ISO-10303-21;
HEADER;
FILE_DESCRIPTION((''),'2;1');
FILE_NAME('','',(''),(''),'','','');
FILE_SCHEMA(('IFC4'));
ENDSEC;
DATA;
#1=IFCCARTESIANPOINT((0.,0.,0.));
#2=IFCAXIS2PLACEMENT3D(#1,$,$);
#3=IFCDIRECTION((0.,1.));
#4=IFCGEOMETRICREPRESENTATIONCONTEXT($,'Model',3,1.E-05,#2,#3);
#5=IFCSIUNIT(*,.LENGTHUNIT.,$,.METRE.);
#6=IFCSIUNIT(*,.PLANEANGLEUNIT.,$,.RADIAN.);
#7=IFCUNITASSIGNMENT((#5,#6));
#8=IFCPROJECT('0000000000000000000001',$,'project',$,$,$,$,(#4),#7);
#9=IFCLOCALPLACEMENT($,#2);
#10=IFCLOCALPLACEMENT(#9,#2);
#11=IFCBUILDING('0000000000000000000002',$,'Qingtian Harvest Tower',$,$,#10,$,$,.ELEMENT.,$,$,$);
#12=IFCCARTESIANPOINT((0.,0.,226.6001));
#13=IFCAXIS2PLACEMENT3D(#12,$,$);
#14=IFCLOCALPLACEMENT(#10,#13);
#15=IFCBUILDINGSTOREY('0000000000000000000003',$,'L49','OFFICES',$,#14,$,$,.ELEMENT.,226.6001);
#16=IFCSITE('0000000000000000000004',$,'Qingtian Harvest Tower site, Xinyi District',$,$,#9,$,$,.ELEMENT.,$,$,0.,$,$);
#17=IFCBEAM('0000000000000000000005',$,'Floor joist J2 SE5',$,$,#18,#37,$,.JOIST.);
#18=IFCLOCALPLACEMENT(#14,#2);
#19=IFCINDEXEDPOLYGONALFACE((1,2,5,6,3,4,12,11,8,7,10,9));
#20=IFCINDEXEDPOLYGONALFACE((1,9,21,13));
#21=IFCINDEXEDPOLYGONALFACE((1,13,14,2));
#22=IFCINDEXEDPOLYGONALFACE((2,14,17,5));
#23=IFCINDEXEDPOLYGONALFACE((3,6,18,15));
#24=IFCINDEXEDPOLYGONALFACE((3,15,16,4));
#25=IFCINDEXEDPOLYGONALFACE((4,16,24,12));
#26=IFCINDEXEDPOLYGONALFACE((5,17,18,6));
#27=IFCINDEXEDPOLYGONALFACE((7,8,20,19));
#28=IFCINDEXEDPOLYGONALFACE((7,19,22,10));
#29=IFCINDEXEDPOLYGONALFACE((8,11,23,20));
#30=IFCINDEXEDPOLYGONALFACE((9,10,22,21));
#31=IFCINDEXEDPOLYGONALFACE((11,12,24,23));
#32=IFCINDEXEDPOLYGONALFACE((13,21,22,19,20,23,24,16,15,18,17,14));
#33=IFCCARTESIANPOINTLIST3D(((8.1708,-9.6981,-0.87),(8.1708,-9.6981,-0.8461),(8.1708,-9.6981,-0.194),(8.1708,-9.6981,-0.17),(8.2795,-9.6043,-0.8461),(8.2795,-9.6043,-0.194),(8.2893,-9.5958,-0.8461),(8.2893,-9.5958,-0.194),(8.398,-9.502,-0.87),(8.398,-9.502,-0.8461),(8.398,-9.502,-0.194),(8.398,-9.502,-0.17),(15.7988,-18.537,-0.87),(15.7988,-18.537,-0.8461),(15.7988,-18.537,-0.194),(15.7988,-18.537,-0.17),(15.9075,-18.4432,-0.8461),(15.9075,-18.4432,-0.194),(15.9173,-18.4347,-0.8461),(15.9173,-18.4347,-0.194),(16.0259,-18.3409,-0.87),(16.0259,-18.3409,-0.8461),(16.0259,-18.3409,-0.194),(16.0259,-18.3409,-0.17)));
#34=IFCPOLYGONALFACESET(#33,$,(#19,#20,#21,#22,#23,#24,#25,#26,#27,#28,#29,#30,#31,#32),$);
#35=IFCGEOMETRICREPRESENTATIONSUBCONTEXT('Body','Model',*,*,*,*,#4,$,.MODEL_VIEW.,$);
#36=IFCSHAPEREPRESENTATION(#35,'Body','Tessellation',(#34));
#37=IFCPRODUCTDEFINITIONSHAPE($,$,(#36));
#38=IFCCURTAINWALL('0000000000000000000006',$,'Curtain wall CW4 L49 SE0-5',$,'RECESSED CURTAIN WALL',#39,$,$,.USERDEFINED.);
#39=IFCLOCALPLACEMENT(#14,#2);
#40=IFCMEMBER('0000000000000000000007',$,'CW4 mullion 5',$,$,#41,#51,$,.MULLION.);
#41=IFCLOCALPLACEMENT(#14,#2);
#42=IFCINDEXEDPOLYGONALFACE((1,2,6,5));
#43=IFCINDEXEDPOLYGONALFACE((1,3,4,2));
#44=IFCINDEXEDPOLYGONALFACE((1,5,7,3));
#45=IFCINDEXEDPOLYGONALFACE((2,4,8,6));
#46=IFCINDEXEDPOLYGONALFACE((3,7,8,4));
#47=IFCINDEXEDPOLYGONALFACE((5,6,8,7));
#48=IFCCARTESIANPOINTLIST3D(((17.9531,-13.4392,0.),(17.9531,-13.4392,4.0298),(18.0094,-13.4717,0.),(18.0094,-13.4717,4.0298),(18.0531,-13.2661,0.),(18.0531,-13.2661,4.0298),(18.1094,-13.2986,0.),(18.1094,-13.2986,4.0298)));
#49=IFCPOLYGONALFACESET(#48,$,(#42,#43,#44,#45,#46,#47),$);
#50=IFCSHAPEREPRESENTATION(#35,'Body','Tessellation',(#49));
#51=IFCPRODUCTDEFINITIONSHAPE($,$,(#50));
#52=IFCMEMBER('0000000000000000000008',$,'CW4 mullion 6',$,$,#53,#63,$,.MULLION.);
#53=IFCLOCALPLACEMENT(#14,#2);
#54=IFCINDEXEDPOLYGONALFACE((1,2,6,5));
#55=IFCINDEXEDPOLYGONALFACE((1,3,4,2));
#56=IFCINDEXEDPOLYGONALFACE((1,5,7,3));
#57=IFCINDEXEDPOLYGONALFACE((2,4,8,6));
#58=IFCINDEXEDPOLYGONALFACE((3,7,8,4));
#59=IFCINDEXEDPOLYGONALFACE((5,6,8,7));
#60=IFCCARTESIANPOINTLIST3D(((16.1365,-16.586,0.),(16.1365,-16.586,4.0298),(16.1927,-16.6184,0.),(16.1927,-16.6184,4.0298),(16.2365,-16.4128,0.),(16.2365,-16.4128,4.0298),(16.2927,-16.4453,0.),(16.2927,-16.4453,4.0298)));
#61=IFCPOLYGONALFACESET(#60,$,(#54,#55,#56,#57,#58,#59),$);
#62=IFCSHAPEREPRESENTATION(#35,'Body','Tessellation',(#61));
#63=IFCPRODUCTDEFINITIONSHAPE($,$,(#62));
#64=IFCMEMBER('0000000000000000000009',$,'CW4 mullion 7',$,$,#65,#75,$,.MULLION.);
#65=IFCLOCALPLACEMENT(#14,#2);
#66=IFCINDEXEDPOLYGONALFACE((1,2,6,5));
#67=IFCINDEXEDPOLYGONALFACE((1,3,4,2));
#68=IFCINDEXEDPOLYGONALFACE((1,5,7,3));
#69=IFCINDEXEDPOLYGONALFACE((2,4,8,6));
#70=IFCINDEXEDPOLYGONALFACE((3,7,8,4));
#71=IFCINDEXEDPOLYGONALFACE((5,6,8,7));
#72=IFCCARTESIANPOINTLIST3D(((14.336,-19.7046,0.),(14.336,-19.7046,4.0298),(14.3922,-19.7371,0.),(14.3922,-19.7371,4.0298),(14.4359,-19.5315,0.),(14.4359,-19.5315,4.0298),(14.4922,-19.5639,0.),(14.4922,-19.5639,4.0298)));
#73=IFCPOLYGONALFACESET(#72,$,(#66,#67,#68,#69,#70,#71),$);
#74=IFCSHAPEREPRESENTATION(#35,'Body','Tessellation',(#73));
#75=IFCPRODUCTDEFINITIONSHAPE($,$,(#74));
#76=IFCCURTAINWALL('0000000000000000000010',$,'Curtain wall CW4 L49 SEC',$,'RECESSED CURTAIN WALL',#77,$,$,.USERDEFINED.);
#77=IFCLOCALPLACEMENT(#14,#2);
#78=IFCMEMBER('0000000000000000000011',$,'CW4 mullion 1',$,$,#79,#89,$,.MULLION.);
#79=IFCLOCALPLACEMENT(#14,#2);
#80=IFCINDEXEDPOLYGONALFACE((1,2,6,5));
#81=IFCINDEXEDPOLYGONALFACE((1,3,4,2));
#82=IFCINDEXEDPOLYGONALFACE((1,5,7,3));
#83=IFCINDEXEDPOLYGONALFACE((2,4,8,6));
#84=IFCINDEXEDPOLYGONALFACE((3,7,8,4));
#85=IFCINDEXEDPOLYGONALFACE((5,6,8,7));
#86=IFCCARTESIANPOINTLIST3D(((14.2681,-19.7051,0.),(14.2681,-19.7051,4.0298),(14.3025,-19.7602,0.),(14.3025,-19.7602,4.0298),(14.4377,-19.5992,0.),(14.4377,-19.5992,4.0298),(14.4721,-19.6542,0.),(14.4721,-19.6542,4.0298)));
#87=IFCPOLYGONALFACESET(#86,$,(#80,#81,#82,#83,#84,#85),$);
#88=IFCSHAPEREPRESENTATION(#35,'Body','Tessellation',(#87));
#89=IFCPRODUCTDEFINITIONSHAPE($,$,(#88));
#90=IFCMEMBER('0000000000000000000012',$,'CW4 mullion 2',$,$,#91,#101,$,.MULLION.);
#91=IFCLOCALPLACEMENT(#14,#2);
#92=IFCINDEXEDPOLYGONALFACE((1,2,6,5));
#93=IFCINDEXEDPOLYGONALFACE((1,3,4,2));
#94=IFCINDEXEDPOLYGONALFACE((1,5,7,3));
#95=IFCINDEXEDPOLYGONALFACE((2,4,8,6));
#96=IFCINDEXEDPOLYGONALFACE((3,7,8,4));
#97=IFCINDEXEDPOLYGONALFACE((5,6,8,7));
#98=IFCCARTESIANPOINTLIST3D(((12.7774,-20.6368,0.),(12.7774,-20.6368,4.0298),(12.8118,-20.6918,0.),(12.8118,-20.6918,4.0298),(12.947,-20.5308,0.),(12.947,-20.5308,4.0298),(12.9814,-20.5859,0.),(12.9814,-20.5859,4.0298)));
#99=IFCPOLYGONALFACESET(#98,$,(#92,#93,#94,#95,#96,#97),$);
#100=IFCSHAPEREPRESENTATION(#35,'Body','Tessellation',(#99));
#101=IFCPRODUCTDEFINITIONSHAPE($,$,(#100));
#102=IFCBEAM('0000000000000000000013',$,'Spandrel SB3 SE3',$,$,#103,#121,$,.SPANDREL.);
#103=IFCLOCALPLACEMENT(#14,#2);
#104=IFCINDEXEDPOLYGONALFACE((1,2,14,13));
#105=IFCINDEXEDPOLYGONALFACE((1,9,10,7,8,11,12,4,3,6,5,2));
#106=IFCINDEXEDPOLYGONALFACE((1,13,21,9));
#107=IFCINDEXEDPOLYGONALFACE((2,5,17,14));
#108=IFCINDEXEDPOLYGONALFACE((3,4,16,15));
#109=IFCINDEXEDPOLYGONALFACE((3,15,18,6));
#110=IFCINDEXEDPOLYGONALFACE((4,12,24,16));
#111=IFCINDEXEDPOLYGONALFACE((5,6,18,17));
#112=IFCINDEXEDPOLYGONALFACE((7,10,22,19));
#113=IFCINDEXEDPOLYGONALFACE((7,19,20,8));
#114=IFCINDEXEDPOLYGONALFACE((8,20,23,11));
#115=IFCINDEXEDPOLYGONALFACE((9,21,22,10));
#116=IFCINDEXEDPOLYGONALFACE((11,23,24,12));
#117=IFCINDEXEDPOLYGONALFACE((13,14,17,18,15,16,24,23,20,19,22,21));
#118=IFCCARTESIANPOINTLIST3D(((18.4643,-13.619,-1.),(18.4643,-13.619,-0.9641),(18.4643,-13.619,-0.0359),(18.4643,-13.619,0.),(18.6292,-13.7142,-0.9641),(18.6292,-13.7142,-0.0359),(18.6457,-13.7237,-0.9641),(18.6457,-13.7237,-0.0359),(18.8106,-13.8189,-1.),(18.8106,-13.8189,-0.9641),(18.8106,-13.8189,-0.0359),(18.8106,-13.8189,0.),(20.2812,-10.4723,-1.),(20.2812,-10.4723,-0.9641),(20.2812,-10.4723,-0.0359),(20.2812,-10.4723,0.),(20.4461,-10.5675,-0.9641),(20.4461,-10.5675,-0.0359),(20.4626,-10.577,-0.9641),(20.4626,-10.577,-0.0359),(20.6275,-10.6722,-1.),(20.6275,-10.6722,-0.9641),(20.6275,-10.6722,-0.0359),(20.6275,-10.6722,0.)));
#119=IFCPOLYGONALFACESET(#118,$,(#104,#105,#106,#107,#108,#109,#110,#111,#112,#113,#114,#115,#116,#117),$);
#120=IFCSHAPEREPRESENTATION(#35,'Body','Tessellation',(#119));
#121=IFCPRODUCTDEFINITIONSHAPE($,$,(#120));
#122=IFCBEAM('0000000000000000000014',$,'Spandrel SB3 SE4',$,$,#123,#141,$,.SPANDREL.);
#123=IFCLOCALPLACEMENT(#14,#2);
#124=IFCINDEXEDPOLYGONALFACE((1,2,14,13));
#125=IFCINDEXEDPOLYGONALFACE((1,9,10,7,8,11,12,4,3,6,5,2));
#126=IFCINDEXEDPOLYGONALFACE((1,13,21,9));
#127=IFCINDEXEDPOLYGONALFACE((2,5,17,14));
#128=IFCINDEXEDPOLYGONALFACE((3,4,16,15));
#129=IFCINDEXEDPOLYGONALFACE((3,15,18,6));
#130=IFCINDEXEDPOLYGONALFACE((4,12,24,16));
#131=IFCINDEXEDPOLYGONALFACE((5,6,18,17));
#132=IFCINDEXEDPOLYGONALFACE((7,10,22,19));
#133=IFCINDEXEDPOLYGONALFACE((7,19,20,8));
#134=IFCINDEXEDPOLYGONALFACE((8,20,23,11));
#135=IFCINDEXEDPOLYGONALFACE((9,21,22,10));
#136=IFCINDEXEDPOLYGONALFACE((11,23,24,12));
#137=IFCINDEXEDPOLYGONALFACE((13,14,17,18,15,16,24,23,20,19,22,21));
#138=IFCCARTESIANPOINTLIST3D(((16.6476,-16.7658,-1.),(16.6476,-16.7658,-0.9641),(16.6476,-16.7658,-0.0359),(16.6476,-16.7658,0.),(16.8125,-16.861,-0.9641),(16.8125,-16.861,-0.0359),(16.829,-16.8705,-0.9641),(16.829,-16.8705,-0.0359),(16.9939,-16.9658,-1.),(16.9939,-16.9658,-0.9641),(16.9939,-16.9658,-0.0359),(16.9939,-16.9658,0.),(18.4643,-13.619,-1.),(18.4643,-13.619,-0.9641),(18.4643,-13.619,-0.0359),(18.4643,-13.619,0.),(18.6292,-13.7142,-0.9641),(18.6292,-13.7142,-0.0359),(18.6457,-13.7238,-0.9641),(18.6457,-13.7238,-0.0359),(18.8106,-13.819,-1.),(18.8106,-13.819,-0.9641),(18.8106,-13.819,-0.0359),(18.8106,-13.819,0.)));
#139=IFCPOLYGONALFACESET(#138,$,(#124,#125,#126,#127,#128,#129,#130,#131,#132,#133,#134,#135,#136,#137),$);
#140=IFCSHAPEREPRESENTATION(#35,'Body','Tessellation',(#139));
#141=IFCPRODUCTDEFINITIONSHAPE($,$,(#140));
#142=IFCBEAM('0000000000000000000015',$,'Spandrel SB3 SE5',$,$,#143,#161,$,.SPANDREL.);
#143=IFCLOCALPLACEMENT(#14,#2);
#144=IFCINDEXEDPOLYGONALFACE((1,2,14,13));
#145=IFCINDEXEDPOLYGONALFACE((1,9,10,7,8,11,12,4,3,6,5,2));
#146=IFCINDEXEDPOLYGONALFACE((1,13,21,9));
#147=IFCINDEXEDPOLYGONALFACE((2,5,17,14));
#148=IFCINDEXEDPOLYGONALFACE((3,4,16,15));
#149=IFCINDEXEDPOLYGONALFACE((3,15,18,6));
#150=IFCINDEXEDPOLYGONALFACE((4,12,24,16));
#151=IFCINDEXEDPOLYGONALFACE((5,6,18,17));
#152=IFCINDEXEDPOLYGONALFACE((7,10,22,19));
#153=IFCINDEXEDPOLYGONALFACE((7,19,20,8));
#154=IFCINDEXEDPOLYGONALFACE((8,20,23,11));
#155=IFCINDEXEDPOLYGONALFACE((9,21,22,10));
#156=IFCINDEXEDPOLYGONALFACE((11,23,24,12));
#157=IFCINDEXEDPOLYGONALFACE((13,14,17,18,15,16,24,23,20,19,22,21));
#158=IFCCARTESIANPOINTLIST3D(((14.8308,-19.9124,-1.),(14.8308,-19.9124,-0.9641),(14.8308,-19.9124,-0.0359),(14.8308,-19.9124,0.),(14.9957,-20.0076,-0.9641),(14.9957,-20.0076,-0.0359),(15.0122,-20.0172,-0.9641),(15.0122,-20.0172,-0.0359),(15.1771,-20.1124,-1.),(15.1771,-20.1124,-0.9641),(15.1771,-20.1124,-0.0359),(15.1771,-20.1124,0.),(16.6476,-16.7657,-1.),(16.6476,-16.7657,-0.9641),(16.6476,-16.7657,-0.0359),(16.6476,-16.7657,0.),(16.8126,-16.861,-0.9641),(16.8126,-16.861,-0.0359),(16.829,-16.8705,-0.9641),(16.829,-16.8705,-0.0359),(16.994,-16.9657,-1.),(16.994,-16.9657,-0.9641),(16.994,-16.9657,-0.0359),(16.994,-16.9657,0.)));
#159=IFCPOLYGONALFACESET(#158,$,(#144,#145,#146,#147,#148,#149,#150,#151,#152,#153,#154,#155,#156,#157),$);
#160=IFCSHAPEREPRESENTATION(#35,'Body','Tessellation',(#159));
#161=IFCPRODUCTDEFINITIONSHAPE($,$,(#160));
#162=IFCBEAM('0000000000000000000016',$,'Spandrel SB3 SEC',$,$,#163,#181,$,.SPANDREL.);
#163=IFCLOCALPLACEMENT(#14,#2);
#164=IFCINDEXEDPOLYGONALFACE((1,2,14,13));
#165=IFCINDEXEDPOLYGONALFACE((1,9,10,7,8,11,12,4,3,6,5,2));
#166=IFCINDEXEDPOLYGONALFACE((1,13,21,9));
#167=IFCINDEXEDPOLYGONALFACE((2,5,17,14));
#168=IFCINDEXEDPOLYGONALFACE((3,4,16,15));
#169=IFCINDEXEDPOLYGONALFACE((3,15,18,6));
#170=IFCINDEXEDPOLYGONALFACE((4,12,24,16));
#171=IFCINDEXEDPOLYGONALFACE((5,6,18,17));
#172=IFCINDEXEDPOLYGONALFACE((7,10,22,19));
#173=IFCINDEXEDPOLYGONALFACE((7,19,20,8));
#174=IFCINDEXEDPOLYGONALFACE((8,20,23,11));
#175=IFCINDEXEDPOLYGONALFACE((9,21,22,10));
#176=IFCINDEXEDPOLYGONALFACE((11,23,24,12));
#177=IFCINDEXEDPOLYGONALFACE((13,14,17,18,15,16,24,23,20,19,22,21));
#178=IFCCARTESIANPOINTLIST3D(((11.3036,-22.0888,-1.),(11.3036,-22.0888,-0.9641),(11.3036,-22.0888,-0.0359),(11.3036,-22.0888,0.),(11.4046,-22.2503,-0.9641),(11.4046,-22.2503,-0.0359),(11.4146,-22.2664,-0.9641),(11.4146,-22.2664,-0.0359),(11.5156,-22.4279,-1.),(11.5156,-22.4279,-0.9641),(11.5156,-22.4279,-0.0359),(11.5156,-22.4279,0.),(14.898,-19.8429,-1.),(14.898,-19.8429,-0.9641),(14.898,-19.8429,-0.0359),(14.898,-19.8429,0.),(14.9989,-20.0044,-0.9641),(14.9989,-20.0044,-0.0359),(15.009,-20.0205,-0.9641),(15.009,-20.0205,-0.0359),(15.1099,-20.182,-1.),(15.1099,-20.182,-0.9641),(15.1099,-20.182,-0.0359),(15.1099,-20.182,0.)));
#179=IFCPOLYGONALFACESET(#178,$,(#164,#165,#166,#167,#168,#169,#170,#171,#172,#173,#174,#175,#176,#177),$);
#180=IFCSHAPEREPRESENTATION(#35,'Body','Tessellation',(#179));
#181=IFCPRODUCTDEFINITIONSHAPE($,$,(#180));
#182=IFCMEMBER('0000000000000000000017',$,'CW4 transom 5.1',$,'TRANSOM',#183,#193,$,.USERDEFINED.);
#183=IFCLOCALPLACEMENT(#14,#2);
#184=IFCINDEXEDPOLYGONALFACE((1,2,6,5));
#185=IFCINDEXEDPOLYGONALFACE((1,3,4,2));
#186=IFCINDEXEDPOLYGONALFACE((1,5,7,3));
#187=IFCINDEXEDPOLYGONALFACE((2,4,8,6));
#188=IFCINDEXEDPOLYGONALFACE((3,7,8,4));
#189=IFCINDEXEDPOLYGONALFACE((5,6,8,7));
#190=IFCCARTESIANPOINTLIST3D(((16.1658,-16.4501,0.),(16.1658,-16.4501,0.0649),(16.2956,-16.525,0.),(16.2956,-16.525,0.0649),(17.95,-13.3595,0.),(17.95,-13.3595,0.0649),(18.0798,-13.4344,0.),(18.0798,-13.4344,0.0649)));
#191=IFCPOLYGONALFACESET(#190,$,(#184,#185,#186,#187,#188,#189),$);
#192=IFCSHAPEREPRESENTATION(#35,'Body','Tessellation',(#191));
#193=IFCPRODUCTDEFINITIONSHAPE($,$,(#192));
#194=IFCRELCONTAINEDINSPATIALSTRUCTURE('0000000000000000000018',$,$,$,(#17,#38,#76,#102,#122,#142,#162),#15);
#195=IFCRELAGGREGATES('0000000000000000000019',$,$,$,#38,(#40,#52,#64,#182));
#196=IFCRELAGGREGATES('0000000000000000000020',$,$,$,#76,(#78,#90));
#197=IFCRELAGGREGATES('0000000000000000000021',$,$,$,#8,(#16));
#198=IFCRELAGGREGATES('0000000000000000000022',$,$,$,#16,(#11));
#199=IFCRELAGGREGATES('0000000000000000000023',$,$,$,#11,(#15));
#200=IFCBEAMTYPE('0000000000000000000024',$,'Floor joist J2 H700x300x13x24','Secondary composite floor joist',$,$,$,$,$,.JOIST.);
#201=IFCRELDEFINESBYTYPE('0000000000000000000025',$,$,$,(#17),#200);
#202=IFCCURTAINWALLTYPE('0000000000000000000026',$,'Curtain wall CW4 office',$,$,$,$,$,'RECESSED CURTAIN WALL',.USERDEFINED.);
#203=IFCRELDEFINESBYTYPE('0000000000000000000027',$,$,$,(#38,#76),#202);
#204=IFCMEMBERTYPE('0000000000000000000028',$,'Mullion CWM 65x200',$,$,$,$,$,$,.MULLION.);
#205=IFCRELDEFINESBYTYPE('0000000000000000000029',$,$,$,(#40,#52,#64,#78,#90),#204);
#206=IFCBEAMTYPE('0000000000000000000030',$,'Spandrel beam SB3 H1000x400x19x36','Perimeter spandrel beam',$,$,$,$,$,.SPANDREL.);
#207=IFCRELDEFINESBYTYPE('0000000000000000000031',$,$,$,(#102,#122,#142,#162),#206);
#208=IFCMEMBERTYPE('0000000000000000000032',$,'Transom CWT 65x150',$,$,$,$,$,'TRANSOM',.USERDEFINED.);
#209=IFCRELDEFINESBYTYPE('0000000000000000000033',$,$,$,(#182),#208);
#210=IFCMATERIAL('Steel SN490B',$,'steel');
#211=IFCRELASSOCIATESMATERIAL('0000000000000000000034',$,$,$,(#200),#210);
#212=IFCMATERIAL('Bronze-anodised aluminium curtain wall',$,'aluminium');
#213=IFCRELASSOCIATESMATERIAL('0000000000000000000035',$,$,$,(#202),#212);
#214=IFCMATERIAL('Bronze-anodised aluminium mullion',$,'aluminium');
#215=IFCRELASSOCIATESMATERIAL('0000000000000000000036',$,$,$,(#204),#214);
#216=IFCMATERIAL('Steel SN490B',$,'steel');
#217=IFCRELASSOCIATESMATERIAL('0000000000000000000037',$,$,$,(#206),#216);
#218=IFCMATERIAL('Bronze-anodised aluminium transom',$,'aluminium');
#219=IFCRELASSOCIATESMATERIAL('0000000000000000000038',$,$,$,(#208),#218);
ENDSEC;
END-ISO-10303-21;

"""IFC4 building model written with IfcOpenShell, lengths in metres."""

from ifc_helpers import new_model, si_unit, direction, frame, origin, origin_2d, place, context, subcontext, project, spatial, rectangle, i_section, extrude, material, material_profile, profile_set, type_object, element, aggregate, save


model = new_model("IFC4")

# Units and contexts
model_context = context("Model", 3, precision=1e-05, world=origin(), true_north=direction((0.0, 1.0)))
body_context = subcontext(model_context, "Body", "Model", "MODEL_VIEW")
ifc_project = project(units=[si_unit("LENGTHUNIT", "METRE"), si_unit("PLANEANGLEUNIT", "RADIAN")], contexts=[model_context])

# Site, building, storey
site_placement = place(None, origin())
site = spatial("IfcSite", under=ifc_project, at=site_placement, Name="Qingtian Harvest Tower site, Xinyi District", CompositionType="ELEMENT", RefElevation=0.0)
building_placement = place(site_placement, origin())
building = spatial("IfcBuilding", under=site, at=building_placement, Name="Qingtian Harvest Tower", CompositionType="ELEMENT")
storey_placement = place(building_placement, frame((0.0, 0.0, 226.6001)))
storey = spatial("IfcBuildingStorey", under=building, at=storey_placement, Name="L49", Description="OFFICES", CompositionType="ELEMENT", Elevation=226.6001)

# Beam
ifc_material_1 = material(Name="Steel SN490B", Category="steel")
ifc_material_profile_1 = material_profile(ifc_material_1, i_section(OverallWidth=0.3, OverallDepth=0.7, WebThickness=0.0129, FlangeThickness=0.0239, at=origin_2d()), Name="H700x300x13x24")
ifc_profile_set_1 = profile_set([ifc_material_profile_1], Name="Steel SN490B")
beam_type_1 = type_object("IfcBeamType", Name="Floor joist J2 H700x300x13x24", Description="Secondary composite floor joist", PredefinedType="JOIST", material=ifc_profile_set_1)
beam_1_placement = place(storey_placement, frame((15.9124, -18.439, -0.52), z_axis=(-0.653343, 0.757062, 0.0), x_axis=(-0.757062, -0.653343, 0.0)))
element("IfcBeam", 1, at=beam_1_placement, inside=storey, type_object=beam_type_1, Name="Floor joist J2 SE5", PredefinedType="JOIST", context=body_context, shape_type="SweptSolid", body=[
    extrude(i_section(OverallWidth=0.3, OverallDepth=0.7, WebThickness=0.0129, FlangeThickness=0.0239, at=origin_2d()), origin(), (0.0, 0.0, 1.0), 11.6753),
])

# Curtain walls, members
ifc_material_2 = material(Name="Bronze-anodised aluminium curtain wall", Category="aluminium")
curtain_wall_type = type_object("IfcCurtainWallType", Name="Curtain wall CW4 office", ElementType="RECESSED CURTAIN WALL", PredefinedType="USERDEFINED", material=ifc_material_2)
curtain_wall_1_placement = place(storey_placement, origin())
curtain_wall_1 = element("IfcCurtainWall", 2, at=curtain_wall_1_placement, inside=storey, type_object=curtain_wall_type, Name="Curtain wall CW4 L49 SE0-5", ObjectType="RECESSED CURTAIN WALL", PredefinedType="USERDEFINED")
ifc_material_3 = material(Name="Bronze-anodised aluminium mullion", Category="aluminium")
ifc_material_profile_2 = material_profile(ifc_material_3, rectangle(XDim=0.0649, YDim=0.2, at=origin_2d()), Name="AL 65x200")
ifc_profile_set_2 = profile_set([ifc_material_profile_2], Name="Bronze-anodised aluminium mullion")
member_type_1 = type_object("IfcMemberType", Name="Mullion CWM 65x200", PredefinedType="MULLION", material=ifc_profile_set_2)
member_1_placement = place(storey_placement, frame((18.0312, -13.3689, 0.0), z_axis=(0.0, 0.0, 1.0), x_axis=(0.866025, -0.5, 0.0)))
member_1 = element("IfcMember", 3, at=member_1_placement, type_object=member_type_1, Name="CW4 mullion 5", PredefinedType="MULLION", context=body_context, shape_type="SweptSolid", body=[
    extrude(rectangle(XDim=0.0649, YDim=0.2, at=origin_2d()), origin(), (0.0, 0.0, 1.0), 4.0298),
])
member_2_placement = place(storey_placement, frame((16.2146, -16.5156, 0.0), z_axis=(0.0, 0.0, 1.0), x_axis=(0.866025, -0.5, 0.0)))
member_2 = element("IfcMember", 4, at=member_2_placement, type_object=member_type_1, Name="CW4 mullion 6", PredefinedType="MULLION", context=body_context, shape_type="SweptSolid", body=[
    extrude(rectangle(XDim=0.0649, YDim=0.2, at=origin_2d()), origin(), (0.0, 0.0, 1.0), 4.0298),
])
member_3_placement = place(storey_placement, frame((14.4141, -19.6343, 0.0), z_axis=(0.0, 0.0, 1.0), x_axis=(0.866025, -0.5, 0.0)))
member_3 = element("IfcMember", 5, at=member_3_placement, type_object=member_type_1, Name="CW4 mullion 7", PredefinedType="MULLION", context=body_context, shape_type="SweptSolid", body=[
    extrude(rectangle(XDim=0.0649, YDim=0.2, at=origin_2d()), origin(), (0.0, 0.0, 1.0), 4.0298),
])
curtain_wall_2_placement = place(storey_placement, origin())
curtain_wall_2 = element("IfcCurtainWall", 6, at=curtain_wall_2_placement, inside=storey, type_object=curtain_wall_type, Name="Curtain wall CW4 L49 SEC", ObjectType="RECESSED CURTAIN WALL", PredefinedType="USERDEFINED")
member_4_placement = place(storey_placement, frame((14.3701, -19.6797, 0.0), z_axis=(0.0, 0.0, 1.0), x_axis=(0.529919, -0.848048, 0.0)))
member_4 = element("IfcMember", 7, at=member_4_placement, type_object=member_type_1, Name="CW4 mullion 1", PredefinedType="MULLION", context=body_context, shape_type="SweptSolid", body=[
    extrude(rectangle(XDim=0.0649, YDim=0.2, at=origin_2d()), origin(), (0.0, 0.0, 1.0), 4.0298),
])
member_5_placement = place(storey_placement, frame((12.8794, -20.6113, 0.0), z_axis=(0.0, 0.0, 1.0), x_axis=(0.529919, -0.848048, 0.0)))
member_5 = element("IfcMember", 8, at=member_5_placement, type_object=member_type_1, Name="CW4 mullion 2", PredefinedType="MULLION", context=body_context, shape_type="SweptSolid", body=[
    extrude(rectangle(XDim=0.0649, YDim=0.2, at=origin_2d()), origin(), (0.0, 0.0, 1.0), 4.0298),
])

# Beams
ifc_material_4 = material(Name="Steel SN490B", Category="steel")
ifc_material_profile_3 = material_profile(ifc_material_4, i_section(OverallWidth=0.3999, OverallDepth=1.0, WebThickness=0.019, FlangeThickness=0.0359, at=origin_2d()), Name="H1000x400x19x36")
ifc_profile_set_3 = profile_set([ifc_material_profile_3], Name="Steel SN490B")
beam_type_2 = type_object("IfcBeamType", Name="Spandrel beam SB3 H1000x400x19x36", Description="Perimeter spandrel beam", PredefinedType="SPANDREL", material=ifc_profile_set_3)
for number, where, z_axis, x_axis, name in (
    (9, (20.4543, -10.5723, -0.5), (-0.500027, -0.86601, 0.0), (0.86601, -0.500027, 0.0), "Spandrel SB3 SE3"),
    (10, (18.6375, -13.719, -0.5), (-0.499976, -0.866039, 0.0), (0.866039, -0.499976, 0.0), "Spandrel SB3 SE4"),
    (11, (16.8208, -16.8657, -0.5), (-0.500027, -0.86601, 0.0), (0.86601, -0.500027, 0.0), "Spandrel SB3 SE5"),
):
    element("IfcBeam", number, at=place(storey_placement, frame(where, z_axis=z_axis, x_axis=x_axis)), inside=storey, type_object=beam_type_2, Name=name, PredefinedType="SPANDREL", context=body_context, shape_type="SweptSolid", body=[
        extrude(i_section(OverallWidth=0.3999, OverallDepth=1.0, WebThickness=0.019, FlangeThickness=0.0359, at=origin_2d()), origin(), (0.0, 0.0, 1.0), 3.6335),
    ])
beam_2_placement = place(storey_placement, frame((15.0039, -20.0125, -0.5), z_axis=(-0.848057, -0.529906, 0.0), x_axis=(0.529906, -0.848057, 0.0)))
element("IfcBeam", 12, at=beam_2_placement, inside=storey, type_object=beam_type_2, Name="Spandrel SB3 SEC", PredefinedType="SPANDREL", context=body_context, shape_type="SweptSolid", body=[
    extrude(i_section(OverallWidth=0.3999, OverallDepth=1.0, WebThickness=0.019, FlangeThickness=0.0359, at=origin_2d()), origin(), (0.0, 0.0, 1.0), 4.2383),
])

# Member
ifc_material_5 = material(Name="Bronze-anodised aluminium transom", Category="aluminium")
ifc_material_profile_4 = material_profile(ifc_material_5, rectangle(XDim=0.1499, YDim=0.0649, at=origin_2d()), Name="AL 65x150")
ifc_profile_set_4 = profile_set([ifc_material_profile_4], Name="Bronze-anodised aluminium transom")
member_type_2 = type_object("IfcMemberType", Name="Transom CWT 65x150", ElementType="TRANSOM", PredefinedType="USERDEFINED", material=ifc_profile_set_4)
member_6_placement = place(storey_placement, frame((18.0149, -13.397, 0.0325), z_axis=(-0.499965, -0.866045, 0.0), x_axis=(0.866045, -0.499965, 0.0)))
member_6 = element("IfcMember", 13, at=member_6_placement, type_object=member_type_2, Name="CW4 transom 5.1", ObjectType="TRANSOM", PredefinedType="USERDEFINED", context=body_context, shape_type="SweptSolid", body=[
    extrude(rectangle(XDim=0.1499, YDim=0.0649, at=origin_2d()), origin(), (0.0, 0.0, 1.0), 3.5686),
])

aggregate(curtain_wall_1, [member_1, member_2, member_3, member_6])
aggregate(curtain_wall_2, [member_4, member_5])

save(model, "model.ifc")
